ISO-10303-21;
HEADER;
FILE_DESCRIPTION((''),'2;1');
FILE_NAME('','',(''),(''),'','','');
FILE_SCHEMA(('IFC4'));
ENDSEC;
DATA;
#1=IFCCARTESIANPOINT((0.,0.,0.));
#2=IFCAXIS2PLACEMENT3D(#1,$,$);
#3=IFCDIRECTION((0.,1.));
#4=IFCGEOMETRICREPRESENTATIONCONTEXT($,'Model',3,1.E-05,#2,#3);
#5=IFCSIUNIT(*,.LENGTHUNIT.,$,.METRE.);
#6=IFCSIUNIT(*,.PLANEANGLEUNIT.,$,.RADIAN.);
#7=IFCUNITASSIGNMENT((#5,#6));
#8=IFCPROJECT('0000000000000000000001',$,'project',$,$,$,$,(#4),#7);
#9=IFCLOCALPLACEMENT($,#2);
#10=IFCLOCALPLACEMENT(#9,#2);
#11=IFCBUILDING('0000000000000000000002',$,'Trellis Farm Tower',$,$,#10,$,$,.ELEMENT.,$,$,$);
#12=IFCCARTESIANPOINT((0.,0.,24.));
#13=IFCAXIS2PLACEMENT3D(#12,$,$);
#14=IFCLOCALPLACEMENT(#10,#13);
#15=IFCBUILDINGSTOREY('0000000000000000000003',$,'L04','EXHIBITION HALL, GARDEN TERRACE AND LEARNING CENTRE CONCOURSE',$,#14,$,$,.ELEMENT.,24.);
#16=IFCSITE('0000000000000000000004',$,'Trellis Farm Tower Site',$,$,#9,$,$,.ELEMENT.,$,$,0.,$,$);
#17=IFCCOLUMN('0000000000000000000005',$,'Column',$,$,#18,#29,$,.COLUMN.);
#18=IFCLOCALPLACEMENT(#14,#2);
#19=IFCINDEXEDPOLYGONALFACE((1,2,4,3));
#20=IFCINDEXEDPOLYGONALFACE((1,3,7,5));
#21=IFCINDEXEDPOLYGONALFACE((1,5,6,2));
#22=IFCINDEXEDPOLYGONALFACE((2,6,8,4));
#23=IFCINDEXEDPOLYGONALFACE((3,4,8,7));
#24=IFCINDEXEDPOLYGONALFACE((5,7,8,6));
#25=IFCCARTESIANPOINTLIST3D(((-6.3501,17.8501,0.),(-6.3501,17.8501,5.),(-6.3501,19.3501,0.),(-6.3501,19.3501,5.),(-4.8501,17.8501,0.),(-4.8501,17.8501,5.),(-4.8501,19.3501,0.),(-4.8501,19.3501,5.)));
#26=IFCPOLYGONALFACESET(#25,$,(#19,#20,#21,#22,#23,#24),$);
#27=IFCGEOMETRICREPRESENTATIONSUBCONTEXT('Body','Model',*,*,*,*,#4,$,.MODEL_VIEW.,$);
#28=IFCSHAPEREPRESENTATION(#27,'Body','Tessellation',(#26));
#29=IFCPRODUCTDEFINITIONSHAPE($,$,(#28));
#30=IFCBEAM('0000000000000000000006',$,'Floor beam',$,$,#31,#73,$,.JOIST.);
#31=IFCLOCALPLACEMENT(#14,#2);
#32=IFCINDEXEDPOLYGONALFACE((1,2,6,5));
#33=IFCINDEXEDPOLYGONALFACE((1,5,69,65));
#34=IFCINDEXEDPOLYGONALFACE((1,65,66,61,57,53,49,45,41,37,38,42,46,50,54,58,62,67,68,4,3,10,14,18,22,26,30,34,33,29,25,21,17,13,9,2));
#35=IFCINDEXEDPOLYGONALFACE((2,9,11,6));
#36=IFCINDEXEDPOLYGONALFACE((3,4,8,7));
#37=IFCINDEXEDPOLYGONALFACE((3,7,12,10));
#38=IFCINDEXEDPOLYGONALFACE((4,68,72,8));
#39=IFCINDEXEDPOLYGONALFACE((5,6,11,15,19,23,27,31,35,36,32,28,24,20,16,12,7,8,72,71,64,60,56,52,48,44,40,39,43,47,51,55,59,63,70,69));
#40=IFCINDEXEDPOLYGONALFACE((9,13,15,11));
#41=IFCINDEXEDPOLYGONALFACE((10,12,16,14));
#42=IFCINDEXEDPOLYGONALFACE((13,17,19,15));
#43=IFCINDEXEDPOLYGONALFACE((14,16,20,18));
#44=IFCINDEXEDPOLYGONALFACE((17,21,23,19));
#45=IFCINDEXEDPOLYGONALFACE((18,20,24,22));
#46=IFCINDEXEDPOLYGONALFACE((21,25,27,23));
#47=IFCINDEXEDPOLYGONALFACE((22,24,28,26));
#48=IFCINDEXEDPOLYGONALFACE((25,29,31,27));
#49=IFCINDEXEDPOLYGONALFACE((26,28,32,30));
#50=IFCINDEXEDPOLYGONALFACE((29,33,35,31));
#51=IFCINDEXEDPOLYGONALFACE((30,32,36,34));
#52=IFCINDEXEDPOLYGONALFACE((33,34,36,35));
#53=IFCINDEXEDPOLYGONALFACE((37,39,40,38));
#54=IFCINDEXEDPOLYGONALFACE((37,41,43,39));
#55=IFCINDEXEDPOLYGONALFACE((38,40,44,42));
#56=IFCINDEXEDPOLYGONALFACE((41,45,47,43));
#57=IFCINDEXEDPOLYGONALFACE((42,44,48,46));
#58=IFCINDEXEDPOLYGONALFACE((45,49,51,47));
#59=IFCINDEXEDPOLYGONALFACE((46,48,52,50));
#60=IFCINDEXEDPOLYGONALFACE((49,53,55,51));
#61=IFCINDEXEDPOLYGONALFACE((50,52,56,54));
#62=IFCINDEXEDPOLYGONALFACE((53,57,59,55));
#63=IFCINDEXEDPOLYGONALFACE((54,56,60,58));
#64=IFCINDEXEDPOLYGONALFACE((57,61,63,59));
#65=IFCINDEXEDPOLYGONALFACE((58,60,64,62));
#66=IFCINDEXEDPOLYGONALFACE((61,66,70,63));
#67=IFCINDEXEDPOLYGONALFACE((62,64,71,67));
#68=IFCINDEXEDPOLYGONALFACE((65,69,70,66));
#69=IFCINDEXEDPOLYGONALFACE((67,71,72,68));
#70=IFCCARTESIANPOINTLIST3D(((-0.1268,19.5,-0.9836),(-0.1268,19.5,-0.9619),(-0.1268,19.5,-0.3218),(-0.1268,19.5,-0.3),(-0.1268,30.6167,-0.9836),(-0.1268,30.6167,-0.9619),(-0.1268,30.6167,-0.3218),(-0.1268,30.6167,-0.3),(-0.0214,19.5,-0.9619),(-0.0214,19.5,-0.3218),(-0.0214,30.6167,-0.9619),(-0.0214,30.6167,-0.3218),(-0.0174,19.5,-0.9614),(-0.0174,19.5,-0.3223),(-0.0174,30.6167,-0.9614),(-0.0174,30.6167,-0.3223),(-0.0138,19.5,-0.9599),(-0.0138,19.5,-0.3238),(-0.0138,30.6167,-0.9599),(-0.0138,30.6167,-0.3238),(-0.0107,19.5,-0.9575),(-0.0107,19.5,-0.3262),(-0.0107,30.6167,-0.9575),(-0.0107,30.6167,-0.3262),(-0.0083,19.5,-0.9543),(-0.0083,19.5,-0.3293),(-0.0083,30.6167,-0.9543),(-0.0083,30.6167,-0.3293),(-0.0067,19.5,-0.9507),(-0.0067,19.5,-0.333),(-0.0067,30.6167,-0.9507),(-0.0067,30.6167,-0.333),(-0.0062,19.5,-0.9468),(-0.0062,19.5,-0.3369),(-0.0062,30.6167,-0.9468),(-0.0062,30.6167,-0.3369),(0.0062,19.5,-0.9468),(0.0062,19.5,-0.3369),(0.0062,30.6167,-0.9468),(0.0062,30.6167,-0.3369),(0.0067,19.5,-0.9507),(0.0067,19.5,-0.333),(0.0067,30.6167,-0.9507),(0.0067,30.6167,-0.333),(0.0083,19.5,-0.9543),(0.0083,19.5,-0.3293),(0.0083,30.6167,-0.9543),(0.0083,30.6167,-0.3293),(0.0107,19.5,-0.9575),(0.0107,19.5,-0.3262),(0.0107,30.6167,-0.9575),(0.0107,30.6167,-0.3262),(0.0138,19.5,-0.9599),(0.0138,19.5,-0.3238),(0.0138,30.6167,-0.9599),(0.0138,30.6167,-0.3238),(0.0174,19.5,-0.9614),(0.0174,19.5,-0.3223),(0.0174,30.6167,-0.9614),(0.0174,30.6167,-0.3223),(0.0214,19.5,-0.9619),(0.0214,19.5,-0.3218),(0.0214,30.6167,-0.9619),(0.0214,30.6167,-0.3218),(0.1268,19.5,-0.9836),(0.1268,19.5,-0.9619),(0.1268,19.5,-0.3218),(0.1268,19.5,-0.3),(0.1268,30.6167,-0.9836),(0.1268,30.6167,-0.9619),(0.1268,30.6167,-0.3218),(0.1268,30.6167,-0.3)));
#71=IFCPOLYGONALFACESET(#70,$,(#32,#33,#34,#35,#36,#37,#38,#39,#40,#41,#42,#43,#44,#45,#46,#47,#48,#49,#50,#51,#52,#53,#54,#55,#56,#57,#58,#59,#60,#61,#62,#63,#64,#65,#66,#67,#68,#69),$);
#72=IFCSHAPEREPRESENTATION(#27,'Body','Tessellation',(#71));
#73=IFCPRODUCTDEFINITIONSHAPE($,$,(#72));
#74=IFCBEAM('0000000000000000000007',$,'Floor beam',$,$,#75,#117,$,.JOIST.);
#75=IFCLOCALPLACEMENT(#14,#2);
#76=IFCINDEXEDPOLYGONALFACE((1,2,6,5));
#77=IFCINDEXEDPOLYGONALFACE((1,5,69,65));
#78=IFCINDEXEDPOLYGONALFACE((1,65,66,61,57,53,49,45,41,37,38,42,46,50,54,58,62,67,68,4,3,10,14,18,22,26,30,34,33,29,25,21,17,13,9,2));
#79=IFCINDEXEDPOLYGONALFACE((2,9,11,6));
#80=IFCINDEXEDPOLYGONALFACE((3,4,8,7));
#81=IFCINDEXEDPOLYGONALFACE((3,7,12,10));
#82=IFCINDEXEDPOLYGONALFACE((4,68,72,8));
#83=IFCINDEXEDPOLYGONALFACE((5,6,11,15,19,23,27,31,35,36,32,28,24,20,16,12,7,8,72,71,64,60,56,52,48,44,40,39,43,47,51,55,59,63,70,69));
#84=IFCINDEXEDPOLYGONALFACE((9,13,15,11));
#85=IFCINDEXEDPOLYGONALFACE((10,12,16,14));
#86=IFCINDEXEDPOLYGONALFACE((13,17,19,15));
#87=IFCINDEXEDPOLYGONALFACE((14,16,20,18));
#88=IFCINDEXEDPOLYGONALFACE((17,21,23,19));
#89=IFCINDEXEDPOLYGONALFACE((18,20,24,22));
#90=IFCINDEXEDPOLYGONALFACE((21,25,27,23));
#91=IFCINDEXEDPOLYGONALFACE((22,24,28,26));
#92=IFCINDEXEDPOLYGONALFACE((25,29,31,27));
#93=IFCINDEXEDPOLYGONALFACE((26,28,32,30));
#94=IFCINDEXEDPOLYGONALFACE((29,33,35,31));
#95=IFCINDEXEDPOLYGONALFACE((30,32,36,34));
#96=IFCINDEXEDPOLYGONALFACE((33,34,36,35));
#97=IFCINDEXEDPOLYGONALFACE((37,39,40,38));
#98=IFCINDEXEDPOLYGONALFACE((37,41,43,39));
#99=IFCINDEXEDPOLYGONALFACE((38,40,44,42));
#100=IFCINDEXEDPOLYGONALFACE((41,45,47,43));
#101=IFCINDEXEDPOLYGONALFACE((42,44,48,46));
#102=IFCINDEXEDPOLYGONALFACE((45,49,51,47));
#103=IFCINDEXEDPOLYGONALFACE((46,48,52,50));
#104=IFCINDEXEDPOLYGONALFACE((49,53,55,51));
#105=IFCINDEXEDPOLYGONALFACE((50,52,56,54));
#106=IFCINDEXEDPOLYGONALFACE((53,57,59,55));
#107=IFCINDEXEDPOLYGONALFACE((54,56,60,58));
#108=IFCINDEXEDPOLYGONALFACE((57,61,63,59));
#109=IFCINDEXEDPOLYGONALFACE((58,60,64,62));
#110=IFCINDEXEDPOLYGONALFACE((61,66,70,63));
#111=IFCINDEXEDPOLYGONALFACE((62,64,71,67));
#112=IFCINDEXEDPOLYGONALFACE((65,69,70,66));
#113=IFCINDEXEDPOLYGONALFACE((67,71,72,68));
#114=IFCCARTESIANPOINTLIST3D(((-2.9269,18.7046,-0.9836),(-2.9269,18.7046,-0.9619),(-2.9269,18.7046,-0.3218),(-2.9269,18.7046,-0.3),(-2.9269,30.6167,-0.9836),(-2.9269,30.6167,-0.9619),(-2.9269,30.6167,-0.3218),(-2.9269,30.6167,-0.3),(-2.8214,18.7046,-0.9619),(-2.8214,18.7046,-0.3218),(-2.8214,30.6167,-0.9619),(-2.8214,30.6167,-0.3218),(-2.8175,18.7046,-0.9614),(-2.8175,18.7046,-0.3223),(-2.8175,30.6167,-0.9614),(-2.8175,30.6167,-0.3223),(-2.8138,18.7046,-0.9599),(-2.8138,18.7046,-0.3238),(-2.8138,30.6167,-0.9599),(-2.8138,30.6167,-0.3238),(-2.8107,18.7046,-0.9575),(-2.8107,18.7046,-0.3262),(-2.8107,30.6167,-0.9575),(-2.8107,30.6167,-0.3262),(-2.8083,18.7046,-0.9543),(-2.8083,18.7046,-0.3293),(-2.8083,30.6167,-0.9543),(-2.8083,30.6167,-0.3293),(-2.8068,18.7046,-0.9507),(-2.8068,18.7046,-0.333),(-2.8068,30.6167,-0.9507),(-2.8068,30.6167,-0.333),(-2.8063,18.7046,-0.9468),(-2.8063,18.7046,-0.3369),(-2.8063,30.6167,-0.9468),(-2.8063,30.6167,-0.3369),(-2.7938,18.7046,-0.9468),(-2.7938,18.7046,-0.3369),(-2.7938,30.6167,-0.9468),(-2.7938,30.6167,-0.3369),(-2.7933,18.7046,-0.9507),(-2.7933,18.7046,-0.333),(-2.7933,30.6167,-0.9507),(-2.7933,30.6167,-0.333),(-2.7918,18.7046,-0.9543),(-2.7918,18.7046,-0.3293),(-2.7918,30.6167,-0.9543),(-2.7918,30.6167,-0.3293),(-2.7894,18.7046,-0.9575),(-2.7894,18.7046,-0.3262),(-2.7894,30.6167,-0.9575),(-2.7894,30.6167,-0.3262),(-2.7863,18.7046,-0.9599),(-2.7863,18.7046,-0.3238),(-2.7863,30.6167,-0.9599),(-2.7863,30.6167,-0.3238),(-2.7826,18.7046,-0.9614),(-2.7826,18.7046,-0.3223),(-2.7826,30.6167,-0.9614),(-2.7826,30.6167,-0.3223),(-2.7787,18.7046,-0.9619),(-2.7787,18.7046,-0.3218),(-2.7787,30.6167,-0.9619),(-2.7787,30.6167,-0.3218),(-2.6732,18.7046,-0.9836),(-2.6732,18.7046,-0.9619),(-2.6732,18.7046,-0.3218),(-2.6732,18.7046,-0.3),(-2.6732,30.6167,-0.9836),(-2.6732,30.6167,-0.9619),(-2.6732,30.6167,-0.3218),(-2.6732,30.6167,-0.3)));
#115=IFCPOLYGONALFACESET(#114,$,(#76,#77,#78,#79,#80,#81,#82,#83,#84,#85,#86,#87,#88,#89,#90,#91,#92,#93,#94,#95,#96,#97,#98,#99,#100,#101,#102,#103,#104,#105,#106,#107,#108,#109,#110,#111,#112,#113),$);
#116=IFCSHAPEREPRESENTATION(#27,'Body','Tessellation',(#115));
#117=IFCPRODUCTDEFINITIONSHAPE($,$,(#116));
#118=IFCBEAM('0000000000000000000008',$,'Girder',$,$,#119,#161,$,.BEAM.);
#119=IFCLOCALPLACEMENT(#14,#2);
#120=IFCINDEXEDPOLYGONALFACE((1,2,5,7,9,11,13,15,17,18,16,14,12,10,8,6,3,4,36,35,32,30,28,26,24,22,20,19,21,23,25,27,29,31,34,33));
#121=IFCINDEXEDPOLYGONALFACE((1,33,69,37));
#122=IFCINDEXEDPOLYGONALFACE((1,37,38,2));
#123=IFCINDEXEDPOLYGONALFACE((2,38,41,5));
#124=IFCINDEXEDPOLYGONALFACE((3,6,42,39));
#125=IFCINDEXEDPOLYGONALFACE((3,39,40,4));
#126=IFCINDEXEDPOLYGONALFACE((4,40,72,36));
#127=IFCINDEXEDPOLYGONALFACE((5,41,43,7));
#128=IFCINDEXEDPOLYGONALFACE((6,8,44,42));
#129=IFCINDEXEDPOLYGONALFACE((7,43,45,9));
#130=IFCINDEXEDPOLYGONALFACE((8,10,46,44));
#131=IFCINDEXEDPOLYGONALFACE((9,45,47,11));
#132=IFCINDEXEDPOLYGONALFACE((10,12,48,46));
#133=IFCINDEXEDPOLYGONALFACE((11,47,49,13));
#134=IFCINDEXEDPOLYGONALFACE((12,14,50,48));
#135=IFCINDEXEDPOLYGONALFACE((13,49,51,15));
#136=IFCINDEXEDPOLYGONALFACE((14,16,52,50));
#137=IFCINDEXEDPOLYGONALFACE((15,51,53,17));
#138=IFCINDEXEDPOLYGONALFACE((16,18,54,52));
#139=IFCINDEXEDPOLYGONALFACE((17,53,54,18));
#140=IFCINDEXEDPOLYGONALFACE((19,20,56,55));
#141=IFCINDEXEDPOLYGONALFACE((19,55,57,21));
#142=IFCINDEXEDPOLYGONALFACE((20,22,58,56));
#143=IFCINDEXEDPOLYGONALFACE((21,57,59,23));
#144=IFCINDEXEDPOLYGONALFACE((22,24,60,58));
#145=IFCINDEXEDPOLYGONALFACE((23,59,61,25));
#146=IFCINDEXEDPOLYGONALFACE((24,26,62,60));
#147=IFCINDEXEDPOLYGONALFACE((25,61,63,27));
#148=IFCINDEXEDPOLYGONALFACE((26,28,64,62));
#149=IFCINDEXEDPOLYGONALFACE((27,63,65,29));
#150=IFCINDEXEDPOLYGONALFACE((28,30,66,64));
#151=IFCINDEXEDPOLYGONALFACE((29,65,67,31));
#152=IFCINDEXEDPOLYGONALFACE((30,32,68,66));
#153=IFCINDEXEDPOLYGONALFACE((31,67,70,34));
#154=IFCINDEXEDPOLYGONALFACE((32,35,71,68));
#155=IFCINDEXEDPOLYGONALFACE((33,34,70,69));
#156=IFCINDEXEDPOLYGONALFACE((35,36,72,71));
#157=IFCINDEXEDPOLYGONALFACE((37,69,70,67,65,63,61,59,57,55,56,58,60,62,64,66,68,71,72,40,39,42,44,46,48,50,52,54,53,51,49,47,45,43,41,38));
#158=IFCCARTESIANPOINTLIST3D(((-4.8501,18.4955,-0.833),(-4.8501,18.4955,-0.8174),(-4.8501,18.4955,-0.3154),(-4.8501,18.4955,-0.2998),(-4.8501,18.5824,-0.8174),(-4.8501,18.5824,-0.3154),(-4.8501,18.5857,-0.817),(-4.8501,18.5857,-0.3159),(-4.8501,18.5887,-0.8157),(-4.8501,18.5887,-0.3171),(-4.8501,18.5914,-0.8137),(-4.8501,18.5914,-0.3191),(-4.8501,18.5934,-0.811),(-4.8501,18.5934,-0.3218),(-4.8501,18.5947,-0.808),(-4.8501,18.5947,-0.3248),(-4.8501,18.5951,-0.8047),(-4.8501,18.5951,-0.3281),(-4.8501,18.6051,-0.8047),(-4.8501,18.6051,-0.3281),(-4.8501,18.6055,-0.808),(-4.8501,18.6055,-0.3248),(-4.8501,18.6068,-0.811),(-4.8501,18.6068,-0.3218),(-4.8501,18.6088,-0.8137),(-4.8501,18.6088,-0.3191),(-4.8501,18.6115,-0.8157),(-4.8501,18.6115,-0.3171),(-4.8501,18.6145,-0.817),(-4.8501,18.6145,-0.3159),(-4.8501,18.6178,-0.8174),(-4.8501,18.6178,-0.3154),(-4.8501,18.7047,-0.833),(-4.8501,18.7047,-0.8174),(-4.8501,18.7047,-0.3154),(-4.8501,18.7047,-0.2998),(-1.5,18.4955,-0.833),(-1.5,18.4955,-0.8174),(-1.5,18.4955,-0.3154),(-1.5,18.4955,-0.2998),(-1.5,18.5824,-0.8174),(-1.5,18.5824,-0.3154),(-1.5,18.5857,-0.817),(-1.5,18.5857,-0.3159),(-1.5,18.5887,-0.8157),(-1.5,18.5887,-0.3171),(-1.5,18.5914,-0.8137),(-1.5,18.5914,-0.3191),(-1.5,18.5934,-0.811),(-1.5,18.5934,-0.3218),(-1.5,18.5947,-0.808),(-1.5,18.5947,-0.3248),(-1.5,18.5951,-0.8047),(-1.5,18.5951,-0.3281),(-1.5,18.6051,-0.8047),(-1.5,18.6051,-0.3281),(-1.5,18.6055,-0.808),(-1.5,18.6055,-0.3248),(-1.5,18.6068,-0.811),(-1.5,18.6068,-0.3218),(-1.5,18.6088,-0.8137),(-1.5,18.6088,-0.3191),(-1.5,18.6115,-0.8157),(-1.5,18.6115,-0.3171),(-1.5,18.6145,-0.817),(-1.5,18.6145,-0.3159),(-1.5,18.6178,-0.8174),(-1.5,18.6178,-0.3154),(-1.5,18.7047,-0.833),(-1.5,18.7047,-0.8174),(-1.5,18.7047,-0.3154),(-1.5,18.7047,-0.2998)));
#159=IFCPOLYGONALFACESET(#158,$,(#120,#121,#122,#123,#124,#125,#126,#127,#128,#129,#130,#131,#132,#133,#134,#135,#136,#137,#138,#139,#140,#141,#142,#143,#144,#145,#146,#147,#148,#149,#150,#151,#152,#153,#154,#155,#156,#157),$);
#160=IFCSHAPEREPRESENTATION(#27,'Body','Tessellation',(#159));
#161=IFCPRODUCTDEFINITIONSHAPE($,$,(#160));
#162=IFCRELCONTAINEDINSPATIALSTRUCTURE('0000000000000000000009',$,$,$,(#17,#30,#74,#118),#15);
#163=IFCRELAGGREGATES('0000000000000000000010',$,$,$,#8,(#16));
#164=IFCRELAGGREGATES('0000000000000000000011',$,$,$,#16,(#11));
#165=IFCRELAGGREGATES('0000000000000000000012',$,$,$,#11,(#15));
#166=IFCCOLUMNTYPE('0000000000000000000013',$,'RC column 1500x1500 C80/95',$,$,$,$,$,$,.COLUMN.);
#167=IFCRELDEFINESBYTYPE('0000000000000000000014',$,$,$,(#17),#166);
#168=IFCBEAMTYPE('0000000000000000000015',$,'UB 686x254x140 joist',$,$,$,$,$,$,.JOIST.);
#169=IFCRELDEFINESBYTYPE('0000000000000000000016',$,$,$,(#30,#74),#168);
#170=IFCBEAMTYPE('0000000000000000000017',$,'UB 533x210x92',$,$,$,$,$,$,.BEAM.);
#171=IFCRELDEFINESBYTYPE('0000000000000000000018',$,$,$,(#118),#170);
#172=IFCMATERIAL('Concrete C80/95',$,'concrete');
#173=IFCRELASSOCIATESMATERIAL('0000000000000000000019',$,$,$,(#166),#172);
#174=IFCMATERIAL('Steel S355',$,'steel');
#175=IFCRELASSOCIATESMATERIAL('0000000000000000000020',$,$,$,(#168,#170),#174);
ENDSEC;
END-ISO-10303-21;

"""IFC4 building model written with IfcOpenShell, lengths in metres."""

from ifc_helpers import new_model, si_unit, direction, frame, origin, origin_2d, place, context, subcontext, project, spatial, rectangle, i_section, extrude, source, transform, mapped, material, material_profile, profile_set, type_object, element, save


model = new_model("IFC4")

# Units and contexts
model_context = context("Model", 3, precision=1e-05, world=origin(), true_north=direction((0.0, 1.0)))
body_context = subcontext(model_context, "Body", "Model", "MODEL_VIEW")
ifc_project = project(units=[si_unit("LENGTHUNIT", "METRE"), si_unit("PLANEANGLEUNIT", "RADIAN")], contexts=[model_context])

# Site, building, storey
site_placement = place(None, origin())
site = spatial("IfcSite", under=ifc_project, at=site_placement, Name="Trellis Farm Tower Site", CompositionType="ELEMENT", RefElevation=0.0)
building_placement = place(site_placement, origin())
building = spatial("IfcBuilding", under=site, at=building_placement, Name="Trellis Farm Tower", CompositionType="ELEMENT")
storey_placement = place(building_placement, frame((0.0, 0.0, 24.0)))
storey = spatial("IfcBuildingStorey", under=building, at=storey_placement, Name="L04", Description="EXHIBITION HALL, GARDEN TERRACE AND LEARNING CENTRE CONCOURSE", CompositionType="ELEMENT", Elevation=24.0)

# Column
ifc_material_1 = material(Name="Concrete C80/95", Category="concrete")
ifc_material_profile_1 = material_profile(ifc_material_1, rectangle(XDim=1.5, YDim=1.5, at=origin_2d()), Name="RC column 1500x1500 C80/95")
ifc_profile_set_1 = profile_set([ifc_material_profile_1], Name="Concrete C80/95")
column_type = type_object("IfcColumnType", Name="RC column 1500x1500 C80/95", PredefinedType="COLUMN", material=ifc_profile_set_1)
shared_shape_1 = source(origin(), body_context, "Body", "SweptSolid", [
    extrude(rectangle(XDim=1.5, YDim=1.5, at=origin_2d()), origin(), (0.0, 0.0, 1.0), 5.0),
])
column_placement = place(storey_placement, frame((-5.6001, 18.6001, 0.0), z_axis=(0.0, 0.0, 1.0), x_axis=(1.0, 0.0, 0.0)))
element("IfcColumn", 1, at=column_placement, inside=storey, type_object=column_type, Name="Column", PredefinedType="COLUMN", context=body_context, shape_type="MappedRepresentation", body=[
    mapped(shared_shape_1, transform((0.0, 0.0, 0.0))),
])

# Beams
ifc_material_2 = material(Name="Steel S355", Category="steel")
ifc_material_profile_2 = material_profile(ifc_material_2, i_section(OverallWidth=0.2537, OverallDepth=0.6836, WebThickness=0.0125, FlangeThickness=0.0217, FilletRadius=0.0151, at=origin_2d()), Name="UB 686x254x140")
ifc_profile_set_2 = profile_set([ifc_material_profile_2], Name="Steel S355")
beam_type_1 = type_object("IfcBeamType", Name="UB 686x254x140 joist", PredefinedType="JOIST", material=ifc_profile_set_2)
shared_shape_2 = source(origin(), body_context, "Body", "SweptSolid", [
    extrude(i_section(OverallWidth=0.2537, OverallDepth=0.6836, WebThickness=0.0125, FlangeThickness=0.0217, FilletRadius=0.0151, at=origin_2d()), origin(), (0.0, 0.0, 1.0), 11.1167),
])
beam_1_placement = place(storey_placement, frame((0.0, 19.5, -0.6418), z_axis=(0.0, 1.0, 0.0), x_axis=(-1.0, 0.0, 0.0)))
element("IfcBeam", 2, at=beam_1_placement, inside=storey, type_object=beam_type_1, Name="Floor beam", PredefinedType="JOIST", context=body_context, shape_type="MappedRepresentation", body=[
    mapped(shared_shape_2, transform((0.0, 0.0, 0.0))),
])
shared_shape_3 = source(origin(), body_context, "Body", "SweptSolid", [
    extrude(i_section(OverallWidth=0.2537, OverallDepth=0.6836, WebThickness=0.0125, FlangeThickness=0.0217, FilletRadius=0.0151, at=origin_2d()), origin(), (0.0, 0.0, 1.0), 11.9121),
])
beam_2_placement = place(storey_placement, frame((-2.8, 18.7046, -0.6418), z_axis=(0.0, 1.0, 0.0), x_axis=(-1.0, 0.0, 0.0)))
element("IfcBeam", 3, at=beam_2_placement, inside=storey, type_object=beam_type_1, Name="Floor beam", PredefinedType="JOIST", context=body_context, shape_type="MappedRepresentation", body=[
    mapped(shared_shape_3, transform((0.0, 0.0, 0.0))),
])
ifc_material_profile_3 = material_profile(ifc_material_2, i_section(OverallWidth=0.2092, OverallDepth=0.5332, WebThickness=0.01, FlangeThickness=0.0156, FilletRadius=0.0127, at=origin_2d()), Name="UB 533x210x92")
ifc_profile_set_3 = profile_set([ifc_material_profile_3], Name="Steel S355")
beam_type_2 = type_object("IfcBeamType", Name="UB 533x210x92", PredefinedType="BEAM", material=ifc_profile_set_3)
shared_shape_4 = source(origin(), body_context, "Body", "SweptSolid", [
    extrude(i_section(OverallWidth=0.2092, OverallDepth=0.5332, WebThickness=0.01, FlangeThickness=0.0156, FilletRadius=0.0127, at=origin_2d()), origin(), (0.0, 0.0, 1.0), 3.3501),
])
beam_3_placement = place(storey_placement, frame((-4.8501, 18.6001, -0.5664), z_axis=(1.0, 0.0, 0.0), x_axis=(0.0, 1.0, 0.0)))
element("IfcBeam", 4, at=beam_3_placement, inside=storey, type_object=beam_type_2, Name="Girder", PredefinedType="BEAM", context=body_context, shape_type="MappedRepresentation", body=[
    mapped(shared_shape_4, transform((0.0, 0.0, 0.0))),
])

save(model, "model.ifc")
